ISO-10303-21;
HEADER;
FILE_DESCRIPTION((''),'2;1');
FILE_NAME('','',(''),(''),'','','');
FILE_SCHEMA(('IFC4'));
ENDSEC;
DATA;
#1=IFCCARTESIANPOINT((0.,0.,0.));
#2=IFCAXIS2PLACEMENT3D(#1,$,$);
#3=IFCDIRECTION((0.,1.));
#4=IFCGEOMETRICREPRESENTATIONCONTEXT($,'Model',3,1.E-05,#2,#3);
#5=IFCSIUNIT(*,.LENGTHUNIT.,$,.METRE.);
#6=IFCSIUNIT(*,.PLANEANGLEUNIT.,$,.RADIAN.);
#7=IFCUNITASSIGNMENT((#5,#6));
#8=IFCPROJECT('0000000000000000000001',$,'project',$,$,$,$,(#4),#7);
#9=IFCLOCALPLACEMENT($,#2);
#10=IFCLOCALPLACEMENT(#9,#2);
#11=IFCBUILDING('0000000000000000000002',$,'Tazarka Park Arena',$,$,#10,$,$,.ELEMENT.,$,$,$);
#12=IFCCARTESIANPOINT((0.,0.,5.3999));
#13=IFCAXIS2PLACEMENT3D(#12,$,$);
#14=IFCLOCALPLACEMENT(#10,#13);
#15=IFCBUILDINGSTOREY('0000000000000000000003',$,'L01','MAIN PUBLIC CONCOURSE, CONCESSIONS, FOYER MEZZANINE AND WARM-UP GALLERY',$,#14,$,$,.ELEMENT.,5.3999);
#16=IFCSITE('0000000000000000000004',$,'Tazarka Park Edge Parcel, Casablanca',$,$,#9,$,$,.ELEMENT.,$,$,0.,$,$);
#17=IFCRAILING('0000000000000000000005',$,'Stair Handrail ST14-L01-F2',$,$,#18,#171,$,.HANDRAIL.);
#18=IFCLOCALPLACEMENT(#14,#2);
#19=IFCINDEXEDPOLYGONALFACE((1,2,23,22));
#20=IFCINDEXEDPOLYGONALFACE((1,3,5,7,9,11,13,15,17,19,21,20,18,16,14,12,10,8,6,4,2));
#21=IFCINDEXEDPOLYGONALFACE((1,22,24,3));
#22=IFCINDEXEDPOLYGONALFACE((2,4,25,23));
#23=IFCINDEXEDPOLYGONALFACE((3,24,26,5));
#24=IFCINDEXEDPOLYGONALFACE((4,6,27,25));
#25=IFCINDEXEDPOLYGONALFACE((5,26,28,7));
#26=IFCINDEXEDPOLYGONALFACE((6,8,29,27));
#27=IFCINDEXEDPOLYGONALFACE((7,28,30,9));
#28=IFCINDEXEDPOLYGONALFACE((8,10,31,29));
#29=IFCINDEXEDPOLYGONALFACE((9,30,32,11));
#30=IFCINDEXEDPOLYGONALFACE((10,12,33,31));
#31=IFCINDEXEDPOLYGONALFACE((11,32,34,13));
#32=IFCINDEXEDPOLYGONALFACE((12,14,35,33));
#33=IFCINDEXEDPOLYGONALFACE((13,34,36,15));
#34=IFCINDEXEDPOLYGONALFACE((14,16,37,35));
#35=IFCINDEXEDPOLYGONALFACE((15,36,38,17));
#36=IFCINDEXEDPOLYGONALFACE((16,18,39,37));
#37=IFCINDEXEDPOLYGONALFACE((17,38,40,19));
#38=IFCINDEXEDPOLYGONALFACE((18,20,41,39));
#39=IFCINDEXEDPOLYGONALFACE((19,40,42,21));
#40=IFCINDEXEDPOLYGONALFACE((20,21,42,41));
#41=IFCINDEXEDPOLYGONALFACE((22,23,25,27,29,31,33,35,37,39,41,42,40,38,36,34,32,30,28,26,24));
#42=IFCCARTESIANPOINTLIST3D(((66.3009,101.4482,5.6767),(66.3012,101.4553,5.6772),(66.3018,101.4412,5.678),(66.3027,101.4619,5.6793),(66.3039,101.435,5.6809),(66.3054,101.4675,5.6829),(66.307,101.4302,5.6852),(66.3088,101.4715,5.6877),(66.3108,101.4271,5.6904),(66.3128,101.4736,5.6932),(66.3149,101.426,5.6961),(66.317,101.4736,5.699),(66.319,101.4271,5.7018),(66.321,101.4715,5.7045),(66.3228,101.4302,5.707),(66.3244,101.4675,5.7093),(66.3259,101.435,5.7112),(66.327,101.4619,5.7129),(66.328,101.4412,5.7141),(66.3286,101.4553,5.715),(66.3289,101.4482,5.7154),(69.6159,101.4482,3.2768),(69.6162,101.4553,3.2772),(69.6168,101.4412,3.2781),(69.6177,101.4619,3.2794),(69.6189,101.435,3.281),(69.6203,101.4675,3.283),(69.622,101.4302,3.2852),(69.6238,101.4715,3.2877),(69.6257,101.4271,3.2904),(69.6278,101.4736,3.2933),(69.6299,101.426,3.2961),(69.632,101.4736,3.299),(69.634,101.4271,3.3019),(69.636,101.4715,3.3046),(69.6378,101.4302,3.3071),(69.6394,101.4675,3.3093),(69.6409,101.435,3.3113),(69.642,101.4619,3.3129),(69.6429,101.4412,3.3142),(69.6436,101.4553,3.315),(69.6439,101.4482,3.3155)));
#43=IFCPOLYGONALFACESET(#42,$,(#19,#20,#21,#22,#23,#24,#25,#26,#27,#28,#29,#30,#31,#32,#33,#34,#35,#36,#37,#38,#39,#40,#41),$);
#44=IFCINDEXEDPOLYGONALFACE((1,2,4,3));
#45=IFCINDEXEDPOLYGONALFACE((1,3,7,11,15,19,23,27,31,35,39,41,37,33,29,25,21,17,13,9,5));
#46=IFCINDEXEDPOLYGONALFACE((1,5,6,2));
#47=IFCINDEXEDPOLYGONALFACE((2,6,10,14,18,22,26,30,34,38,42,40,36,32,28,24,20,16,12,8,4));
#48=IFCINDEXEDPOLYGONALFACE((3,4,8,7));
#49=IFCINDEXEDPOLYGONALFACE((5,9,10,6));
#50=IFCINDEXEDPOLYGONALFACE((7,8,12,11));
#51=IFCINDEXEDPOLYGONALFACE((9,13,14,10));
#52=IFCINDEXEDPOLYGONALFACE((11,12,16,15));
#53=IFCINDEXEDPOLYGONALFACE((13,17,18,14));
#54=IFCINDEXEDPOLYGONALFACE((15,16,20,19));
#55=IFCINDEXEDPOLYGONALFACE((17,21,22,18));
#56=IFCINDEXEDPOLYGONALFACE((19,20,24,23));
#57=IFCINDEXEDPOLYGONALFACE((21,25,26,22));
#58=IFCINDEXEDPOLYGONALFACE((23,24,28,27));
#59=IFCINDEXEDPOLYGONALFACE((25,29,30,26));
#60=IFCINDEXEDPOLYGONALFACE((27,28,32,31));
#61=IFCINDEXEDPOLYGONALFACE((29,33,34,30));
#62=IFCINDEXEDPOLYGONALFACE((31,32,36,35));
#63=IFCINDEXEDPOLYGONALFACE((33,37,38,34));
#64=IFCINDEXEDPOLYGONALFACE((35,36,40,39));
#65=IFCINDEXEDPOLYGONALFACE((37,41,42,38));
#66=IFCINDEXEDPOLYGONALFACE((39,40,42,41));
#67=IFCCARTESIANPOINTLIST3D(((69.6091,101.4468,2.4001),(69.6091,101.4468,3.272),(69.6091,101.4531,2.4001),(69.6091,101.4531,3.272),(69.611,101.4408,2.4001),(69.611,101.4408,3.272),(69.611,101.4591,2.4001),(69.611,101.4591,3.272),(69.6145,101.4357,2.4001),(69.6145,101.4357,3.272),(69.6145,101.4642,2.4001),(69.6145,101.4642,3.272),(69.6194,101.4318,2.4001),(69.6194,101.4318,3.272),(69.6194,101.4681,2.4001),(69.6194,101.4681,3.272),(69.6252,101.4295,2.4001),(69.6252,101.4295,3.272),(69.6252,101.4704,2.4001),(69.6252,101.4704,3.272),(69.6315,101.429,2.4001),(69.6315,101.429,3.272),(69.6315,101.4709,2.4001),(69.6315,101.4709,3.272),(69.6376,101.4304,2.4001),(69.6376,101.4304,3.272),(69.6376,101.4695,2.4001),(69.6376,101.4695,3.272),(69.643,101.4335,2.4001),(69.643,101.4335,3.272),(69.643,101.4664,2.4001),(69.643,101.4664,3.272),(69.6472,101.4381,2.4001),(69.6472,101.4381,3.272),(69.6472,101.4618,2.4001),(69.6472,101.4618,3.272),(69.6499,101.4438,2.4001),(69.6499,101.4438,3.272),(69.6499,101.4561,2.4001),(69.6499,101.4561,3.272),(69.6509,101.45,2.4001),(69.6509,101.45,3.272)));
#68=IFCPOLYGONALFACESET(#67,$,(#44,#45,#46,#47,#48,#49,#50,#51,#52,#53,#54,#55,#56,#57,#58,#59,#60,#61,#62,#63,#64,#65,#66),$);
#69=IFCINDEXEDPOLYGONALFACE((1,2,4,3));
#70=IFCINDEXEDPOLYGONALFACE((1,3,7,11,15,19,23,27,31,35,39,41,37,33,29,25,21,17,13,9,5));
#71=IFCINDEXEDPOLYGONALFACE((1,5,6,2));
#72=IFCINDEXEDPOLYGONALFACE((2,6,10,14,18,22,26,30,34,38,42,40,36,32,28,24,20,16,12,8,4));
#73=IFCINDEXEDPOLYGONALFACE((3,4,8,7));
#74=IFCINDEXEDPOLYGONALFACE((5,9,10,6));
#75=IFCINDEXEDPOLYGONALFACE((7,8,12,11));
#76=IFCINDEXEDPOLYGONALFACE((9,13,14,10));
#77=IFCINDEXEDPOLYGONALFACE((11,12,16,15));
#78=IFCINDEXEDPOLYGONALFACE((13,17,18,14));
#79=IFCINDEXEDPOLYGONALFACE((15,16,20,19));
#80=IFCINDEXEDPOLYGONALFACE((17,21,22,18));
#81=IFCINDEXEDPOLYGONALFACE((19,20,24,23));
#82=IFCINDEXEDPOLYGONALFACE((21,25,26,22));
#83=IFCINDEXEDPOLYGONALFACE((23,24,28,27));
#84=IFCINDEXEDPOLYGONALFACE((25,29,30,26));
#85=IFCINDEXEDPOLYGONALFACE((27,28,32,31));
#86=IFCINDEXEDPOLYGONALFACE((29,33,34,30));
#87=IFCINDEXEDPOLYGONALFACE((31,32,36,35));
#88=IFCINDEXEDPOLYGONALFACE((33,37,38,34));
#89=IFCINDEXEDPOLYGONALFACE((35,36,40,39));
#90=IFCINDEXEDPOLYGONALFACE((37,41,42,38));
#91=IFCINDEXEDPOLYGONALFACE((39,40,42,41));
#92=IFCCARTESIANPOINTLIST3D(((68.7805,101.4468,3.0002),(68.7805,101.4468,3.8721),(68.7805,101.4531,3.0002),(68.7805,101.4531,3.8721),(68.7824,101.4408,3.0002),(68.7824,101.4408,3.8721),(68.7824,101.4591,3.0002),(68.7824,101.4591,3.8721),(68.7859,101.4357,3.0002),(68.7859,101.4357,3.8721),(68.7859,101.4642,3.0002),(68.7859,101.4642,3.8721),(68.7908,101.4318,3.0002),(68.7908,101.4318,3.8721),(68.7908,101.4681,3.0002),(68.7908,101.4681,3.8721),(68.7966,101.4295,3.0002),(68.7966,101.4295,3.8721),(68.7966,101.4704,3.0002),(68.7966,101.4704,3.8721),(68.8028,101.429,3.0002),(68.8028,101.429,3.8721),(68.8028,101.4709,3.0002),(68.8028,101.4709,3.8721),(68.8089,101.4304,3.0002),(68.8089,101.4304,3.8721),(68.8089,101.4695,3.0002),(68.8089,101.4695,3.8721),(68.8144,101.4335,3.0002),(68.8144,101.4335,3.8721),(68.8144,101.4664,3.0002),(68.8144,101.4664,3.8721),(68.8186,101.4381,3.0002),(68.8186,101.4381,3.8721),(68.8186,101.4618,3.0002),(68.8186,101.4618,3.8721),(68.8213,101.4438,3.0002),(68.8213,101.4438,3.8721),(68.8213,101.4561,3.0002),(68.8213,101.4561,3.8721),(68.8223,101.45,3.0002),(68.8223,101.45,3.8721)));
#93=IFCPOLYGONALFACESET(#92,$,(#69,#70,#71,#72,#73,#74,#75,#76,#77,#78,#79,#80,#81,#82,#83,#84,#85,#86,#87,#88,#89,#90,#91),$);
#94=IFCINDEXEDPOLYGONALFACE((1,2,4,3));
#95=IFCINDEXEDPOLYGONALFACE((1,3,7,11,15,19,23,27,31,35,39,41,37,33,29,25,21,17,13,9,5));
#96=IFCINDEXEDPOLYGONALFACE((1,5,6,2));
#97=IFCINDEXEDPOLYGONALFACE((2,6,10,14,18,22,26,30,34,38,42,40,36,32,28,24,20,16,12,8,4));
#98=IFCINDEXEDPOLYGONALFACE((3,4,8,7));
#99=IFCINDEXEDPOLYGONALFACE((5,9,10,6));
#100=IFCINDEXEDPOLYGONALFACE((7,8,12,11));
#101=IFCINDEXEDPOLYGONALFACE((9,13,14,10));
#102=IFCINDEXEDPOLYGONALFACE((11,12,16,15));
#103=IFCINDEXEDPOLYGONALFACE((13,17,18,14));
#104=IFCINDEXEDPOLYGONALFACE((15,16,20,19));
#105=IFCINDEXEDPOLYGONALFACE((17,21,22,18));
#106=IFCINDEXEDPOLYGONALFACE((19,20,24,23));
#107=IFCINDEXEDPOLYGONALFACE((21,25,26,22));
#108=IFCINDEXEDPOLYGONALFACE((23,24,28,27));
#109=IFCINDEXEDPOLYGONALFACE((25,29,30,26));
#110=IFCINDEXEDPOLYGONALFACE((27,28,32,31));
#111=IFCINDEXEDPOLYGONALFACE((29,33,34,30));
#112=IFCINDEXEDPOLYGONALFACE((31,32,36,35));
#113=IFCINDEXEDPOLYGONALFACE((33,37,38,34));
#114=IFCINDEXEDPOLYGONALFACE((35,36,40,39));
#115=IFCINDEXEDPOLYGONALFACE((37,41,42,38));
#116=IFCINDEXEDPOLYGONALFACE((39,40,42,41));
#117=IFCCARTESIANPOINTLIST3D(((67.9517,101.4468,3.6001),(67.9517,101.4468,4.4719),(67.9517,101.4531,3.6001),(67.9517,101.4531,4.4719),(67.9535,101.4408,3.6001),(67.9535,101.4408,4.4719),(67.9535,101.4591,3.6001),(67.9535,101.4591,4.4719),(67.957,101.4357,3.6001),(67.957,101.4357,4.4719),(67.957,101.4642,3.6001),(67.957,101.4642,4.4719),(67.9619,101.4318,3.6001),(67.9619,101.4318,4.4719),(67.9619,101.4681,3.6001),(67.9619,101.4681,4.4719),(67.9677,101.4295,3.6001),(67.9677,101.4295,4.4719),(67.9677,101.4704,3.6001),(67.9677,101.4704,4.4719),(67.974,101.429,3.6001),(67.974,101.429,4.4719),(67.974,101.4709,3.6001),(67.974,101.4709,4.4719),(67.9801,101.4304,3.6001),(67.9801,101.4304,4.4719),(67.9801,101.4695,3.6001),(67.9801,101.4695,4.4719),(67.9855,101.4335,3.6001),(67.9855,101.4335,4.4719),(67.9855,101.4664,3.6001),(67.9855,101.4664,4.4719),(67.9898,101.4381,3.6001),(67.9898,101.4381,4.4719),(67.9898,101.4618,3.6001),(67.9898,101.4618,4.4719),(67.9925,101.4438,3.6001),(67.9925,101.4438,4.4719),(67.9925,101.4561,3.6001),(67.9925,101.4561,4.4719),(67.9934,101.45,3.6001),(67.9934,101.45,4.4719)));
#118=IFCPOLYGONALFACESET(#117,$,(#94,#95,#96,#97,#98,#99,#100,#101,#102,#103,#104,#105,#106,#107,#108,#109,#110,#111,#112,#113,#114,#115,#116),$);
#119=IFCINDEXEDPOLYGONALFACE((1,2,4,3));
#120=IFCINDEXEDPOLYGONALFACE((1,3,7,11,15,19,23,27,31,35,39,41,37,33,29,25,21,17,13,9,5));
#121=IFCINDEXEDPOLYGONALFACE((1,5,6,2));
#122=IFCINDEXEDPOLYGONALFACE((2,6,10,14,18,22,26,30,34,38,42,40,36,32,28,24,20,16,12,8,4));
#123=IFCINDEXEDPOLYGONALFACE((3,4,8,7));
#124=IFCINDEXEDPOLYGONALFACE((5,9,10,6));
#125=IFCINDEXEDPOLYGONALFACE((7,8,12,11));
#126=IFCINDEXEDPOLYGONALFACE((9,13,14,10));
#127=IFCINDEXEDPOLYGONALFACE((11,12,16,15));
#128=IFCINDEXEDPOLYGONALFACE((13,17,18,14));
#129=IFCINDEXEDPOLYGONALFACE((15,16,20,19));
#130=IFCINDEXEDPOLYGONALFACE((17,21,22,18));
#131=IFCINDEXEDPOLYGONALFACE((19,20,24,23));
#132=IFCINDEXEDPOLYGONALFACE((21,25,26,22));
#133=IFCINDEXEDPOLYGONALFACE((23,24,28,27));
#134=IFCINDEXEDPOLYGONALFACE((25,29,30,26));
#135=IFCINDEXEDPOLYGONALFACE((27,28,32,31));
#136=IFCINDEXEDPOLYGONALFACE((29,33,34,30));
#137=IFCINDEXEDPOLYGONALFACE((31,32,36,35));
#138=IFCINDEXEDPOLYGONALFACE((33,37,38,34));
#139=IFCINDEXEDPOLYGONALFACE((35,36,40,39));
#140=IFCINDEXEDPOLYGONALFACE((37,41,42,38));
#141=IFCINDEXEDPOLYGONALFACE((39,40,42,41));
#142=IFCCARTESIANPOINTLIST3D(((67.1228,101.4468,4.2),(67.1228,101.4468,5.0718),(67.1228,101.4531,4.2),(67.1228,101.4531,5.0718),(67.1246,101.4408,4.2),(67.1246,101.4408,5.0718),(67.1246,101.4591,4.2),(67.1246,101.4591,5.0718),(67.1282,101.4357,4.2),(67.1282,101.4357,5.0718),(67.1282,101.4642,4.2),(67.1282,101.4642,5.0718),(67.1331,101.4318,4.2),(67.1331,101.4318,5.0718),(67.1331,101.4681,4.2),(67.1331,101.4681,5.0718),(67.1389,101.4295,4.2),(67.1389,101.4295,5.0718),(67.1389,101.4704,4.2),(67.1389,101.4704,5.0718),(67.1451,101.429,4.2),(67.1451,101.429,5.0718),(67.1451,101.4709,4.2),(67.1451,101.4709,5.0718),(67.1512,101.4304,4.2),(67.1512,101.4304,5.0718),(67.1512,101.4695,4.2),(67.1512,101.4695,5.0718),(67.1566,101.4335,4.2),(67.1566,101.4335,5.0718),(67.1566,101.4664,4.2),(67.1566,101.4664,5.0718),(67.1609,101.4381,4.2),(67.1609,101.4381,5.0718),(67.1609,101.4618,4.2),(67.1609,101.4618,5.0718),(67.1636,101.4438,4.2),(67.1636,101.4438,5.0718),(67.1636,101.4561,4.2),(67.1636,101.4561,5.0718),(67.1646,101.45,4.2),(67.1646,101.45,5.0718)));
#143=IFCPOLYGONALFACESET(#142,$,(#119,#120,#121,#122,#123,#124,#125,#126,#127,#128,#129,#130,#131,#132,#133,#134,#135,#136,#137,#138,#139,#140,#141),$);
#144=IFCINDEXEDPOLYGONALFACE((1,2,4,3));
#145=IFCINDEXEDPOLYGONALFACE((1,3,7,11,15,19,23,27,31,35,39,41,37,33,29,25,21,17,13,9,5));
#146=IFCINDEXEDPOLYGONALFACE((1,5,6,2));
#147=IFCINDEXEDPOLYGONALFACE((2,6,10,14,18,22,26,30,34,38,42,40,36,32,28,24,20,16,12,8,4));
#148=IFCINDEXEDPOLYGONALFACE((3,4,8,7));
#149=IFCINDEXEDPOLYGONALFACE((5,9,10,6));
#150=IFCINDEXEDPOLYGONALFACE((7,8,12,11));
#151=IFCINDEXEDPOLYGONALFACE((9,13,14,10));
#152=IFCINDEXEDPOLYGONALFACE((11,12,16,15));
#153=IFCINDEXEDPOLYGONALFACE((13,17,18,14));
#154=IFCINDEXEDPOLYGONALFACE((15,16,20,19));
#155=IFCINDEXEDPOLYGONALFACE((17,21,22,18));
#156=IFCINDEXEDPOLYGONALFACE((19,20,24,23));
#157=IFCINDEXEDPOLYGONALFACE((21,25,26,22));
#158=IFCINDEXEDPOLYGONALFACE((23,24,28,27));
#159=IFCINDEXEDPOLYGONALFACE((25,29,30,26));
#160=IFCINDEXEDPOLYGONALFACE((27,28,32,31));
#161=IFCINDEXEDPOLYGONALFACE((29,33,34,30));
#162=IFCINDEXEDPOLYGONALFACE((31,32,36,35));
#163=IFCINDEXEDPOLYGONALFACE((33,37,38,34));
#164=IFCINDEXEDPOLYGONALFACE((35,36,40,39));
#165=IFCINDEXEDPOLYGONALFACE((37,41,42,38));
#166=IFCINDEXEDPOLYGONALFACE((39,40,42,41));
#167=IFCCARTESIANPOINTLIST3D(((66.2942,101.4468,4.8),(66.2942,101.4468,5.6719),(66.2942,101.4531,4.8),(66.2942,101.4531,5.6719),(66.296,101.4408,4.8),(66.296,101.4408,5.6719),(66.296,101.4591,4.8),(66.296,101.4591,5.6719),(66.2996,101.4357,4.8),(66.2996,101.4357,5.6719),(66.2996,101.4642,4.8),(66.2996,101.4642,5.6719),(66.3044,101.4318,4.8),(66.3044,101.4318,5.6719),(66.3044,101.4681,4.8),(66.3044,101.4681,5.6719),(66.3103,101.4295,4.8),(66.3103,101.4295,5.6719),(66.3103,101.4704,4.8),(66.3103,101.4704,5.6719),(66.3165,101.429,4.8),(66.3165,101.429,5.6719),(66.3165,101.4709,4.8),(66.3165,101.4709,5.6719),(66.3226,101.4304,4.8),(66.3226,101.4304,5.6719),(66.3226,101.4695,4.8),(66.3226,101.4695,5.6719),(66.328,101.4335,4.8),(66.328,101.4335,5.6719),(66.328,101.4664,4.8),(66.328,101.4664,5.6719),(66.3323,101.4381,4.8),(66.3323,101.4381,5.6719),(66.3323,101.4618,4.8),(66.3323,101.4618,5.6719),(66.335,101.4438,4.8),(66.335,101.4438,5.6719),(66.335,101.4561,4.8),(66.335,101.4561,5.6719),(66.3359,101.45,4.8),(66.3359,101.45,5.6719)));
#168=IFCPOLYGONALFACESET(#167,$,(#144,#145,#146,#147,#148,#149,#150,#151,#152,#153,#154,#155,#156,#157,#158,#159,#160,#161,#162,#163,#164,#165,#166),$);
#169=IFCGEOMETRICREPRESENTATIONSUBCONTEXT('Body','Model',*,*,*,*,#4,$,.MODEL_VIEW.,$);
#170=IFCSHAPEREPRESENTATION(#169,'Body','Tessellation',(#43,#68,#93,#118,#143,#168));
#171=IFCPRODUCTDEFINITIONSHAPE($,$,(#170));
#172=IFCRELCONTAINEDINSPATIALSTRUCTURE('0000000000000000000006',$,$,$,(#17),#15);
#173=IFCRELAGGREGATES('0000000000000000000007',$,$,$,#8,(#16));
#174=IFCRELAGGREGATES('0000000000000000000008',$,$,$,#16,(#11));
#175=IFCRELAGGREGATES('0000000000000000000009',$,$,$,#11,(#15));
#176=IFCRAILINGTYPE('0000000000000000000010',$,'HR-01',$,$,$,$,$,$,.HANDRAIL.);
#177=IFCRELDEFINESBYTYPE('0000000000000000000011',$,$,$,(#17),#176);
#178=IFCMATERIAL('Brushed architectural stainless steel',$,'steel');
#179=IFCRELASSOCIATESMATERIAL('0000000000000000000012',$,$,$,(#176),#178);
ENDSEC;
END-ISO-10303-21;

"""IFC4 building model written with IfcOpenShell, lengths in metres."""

from ifc_helpers import new_model, si_unit, direction, frame, origin, origin_2d, place, context, subcontext, project, spatial, circle, extrude, material, type_object, element, save


model = new_model("IFC4")

# Units and contexts
model_context = context("Model", 3, precision=1e-05, world=origin(), true_north=direction((0.0, 1.0)))
body_context = subcontext(model_context, "Body", "Model", "MODEL_VIEW")
ifc_project = project(units=[si_unit("LENGTHUNIT", "METRE"), si_unit("PLANEANGLEUNIT", "RADIAN")], contexts=[model_context])

# Site, building, storey
site_placement = place(None, origin())
site = spatial("IfcSite", under=ifc_project, at=site_placement, Name="Tazarka Park Edge Parcel, Casablanca", CompositionType="ELEMENT", RefElevation=0.0)
building_placement = place(site_placement, origin())
building = spatial("IfcBuilding", under=site, at=building_placement, Name="Tazarka Park Arena", CompositionType="ELEMENT")
storey_placement = place(building_placement, frame((0.0, 0.0, 5.3999)))
storey = spatial("IfcBuildingStorey", under=building, at=storey_placement, Name="L01", Description="MAIN PUBLIC CONCOURSE, CONCESSIONS, FOYER MEZZANINE AND WARM-UP GALLERY", CompositionType="ELEMENT", Elevation=5.3999)

# Railing
ifc_material_1 = material(Name="Brushed architectural stainless steel", Category="steel")
railing_type_1 = type_object("IfcRailingType", Name="HR-01", PredefinedType="HANDRAIL", material=ifc_material_1)
railing_1_placement = place(storey_placement, frame((69.6299, 101.45, 2.4001)))
element("IfcRailing", 1, at=railing_1_placement, inside=storey, type_object=railing_type_1, Name="Stair Handrail ST14-L01-F2", PredefinedType="HANDRAIL", context=body_context, shape_type="SweptSolid", body=[
    extrude(circle(Radius=0.0239, at=origin_2d()), frame((0.0, 0.0, 0.896), z_axis=(-0.810009, 0.0, 0.586418), x_axis=(0.0, -1.0, 0.0)), (0.0, 0.0, 1.0), 4.0925),
    extrude(circle(Radius=0.021, at=origin_2d()), origin(), (0.0, 0.0, 1.0), 0.8718),
    extrude(circle(Radius=0.021, at=origin_2d()), frame((-0.8286, 0.0, 0.6001)), (0.0, 0.0, 1.0), 0.8718),
    extrude(circle(Radius=0.021, at=origin_2d()), frame((-1.6575, 0.0, 1.2)), (0.0, 0.0, 1.0), 0.8718),
    extrude(circle(Radius=0.021, at=origin_2d()), frame((-2.4863, 0.0, 1.7998)), (0.0, 0.0, 1.0), 0.8718),
    extrude(circle(Radius=0.021, at=origin_2d()), frame((-3.3149, 0.0, 2.3999)), (0.0, 0.0, 1.0), 0.8718),
])

save(model, "model.ifc")
